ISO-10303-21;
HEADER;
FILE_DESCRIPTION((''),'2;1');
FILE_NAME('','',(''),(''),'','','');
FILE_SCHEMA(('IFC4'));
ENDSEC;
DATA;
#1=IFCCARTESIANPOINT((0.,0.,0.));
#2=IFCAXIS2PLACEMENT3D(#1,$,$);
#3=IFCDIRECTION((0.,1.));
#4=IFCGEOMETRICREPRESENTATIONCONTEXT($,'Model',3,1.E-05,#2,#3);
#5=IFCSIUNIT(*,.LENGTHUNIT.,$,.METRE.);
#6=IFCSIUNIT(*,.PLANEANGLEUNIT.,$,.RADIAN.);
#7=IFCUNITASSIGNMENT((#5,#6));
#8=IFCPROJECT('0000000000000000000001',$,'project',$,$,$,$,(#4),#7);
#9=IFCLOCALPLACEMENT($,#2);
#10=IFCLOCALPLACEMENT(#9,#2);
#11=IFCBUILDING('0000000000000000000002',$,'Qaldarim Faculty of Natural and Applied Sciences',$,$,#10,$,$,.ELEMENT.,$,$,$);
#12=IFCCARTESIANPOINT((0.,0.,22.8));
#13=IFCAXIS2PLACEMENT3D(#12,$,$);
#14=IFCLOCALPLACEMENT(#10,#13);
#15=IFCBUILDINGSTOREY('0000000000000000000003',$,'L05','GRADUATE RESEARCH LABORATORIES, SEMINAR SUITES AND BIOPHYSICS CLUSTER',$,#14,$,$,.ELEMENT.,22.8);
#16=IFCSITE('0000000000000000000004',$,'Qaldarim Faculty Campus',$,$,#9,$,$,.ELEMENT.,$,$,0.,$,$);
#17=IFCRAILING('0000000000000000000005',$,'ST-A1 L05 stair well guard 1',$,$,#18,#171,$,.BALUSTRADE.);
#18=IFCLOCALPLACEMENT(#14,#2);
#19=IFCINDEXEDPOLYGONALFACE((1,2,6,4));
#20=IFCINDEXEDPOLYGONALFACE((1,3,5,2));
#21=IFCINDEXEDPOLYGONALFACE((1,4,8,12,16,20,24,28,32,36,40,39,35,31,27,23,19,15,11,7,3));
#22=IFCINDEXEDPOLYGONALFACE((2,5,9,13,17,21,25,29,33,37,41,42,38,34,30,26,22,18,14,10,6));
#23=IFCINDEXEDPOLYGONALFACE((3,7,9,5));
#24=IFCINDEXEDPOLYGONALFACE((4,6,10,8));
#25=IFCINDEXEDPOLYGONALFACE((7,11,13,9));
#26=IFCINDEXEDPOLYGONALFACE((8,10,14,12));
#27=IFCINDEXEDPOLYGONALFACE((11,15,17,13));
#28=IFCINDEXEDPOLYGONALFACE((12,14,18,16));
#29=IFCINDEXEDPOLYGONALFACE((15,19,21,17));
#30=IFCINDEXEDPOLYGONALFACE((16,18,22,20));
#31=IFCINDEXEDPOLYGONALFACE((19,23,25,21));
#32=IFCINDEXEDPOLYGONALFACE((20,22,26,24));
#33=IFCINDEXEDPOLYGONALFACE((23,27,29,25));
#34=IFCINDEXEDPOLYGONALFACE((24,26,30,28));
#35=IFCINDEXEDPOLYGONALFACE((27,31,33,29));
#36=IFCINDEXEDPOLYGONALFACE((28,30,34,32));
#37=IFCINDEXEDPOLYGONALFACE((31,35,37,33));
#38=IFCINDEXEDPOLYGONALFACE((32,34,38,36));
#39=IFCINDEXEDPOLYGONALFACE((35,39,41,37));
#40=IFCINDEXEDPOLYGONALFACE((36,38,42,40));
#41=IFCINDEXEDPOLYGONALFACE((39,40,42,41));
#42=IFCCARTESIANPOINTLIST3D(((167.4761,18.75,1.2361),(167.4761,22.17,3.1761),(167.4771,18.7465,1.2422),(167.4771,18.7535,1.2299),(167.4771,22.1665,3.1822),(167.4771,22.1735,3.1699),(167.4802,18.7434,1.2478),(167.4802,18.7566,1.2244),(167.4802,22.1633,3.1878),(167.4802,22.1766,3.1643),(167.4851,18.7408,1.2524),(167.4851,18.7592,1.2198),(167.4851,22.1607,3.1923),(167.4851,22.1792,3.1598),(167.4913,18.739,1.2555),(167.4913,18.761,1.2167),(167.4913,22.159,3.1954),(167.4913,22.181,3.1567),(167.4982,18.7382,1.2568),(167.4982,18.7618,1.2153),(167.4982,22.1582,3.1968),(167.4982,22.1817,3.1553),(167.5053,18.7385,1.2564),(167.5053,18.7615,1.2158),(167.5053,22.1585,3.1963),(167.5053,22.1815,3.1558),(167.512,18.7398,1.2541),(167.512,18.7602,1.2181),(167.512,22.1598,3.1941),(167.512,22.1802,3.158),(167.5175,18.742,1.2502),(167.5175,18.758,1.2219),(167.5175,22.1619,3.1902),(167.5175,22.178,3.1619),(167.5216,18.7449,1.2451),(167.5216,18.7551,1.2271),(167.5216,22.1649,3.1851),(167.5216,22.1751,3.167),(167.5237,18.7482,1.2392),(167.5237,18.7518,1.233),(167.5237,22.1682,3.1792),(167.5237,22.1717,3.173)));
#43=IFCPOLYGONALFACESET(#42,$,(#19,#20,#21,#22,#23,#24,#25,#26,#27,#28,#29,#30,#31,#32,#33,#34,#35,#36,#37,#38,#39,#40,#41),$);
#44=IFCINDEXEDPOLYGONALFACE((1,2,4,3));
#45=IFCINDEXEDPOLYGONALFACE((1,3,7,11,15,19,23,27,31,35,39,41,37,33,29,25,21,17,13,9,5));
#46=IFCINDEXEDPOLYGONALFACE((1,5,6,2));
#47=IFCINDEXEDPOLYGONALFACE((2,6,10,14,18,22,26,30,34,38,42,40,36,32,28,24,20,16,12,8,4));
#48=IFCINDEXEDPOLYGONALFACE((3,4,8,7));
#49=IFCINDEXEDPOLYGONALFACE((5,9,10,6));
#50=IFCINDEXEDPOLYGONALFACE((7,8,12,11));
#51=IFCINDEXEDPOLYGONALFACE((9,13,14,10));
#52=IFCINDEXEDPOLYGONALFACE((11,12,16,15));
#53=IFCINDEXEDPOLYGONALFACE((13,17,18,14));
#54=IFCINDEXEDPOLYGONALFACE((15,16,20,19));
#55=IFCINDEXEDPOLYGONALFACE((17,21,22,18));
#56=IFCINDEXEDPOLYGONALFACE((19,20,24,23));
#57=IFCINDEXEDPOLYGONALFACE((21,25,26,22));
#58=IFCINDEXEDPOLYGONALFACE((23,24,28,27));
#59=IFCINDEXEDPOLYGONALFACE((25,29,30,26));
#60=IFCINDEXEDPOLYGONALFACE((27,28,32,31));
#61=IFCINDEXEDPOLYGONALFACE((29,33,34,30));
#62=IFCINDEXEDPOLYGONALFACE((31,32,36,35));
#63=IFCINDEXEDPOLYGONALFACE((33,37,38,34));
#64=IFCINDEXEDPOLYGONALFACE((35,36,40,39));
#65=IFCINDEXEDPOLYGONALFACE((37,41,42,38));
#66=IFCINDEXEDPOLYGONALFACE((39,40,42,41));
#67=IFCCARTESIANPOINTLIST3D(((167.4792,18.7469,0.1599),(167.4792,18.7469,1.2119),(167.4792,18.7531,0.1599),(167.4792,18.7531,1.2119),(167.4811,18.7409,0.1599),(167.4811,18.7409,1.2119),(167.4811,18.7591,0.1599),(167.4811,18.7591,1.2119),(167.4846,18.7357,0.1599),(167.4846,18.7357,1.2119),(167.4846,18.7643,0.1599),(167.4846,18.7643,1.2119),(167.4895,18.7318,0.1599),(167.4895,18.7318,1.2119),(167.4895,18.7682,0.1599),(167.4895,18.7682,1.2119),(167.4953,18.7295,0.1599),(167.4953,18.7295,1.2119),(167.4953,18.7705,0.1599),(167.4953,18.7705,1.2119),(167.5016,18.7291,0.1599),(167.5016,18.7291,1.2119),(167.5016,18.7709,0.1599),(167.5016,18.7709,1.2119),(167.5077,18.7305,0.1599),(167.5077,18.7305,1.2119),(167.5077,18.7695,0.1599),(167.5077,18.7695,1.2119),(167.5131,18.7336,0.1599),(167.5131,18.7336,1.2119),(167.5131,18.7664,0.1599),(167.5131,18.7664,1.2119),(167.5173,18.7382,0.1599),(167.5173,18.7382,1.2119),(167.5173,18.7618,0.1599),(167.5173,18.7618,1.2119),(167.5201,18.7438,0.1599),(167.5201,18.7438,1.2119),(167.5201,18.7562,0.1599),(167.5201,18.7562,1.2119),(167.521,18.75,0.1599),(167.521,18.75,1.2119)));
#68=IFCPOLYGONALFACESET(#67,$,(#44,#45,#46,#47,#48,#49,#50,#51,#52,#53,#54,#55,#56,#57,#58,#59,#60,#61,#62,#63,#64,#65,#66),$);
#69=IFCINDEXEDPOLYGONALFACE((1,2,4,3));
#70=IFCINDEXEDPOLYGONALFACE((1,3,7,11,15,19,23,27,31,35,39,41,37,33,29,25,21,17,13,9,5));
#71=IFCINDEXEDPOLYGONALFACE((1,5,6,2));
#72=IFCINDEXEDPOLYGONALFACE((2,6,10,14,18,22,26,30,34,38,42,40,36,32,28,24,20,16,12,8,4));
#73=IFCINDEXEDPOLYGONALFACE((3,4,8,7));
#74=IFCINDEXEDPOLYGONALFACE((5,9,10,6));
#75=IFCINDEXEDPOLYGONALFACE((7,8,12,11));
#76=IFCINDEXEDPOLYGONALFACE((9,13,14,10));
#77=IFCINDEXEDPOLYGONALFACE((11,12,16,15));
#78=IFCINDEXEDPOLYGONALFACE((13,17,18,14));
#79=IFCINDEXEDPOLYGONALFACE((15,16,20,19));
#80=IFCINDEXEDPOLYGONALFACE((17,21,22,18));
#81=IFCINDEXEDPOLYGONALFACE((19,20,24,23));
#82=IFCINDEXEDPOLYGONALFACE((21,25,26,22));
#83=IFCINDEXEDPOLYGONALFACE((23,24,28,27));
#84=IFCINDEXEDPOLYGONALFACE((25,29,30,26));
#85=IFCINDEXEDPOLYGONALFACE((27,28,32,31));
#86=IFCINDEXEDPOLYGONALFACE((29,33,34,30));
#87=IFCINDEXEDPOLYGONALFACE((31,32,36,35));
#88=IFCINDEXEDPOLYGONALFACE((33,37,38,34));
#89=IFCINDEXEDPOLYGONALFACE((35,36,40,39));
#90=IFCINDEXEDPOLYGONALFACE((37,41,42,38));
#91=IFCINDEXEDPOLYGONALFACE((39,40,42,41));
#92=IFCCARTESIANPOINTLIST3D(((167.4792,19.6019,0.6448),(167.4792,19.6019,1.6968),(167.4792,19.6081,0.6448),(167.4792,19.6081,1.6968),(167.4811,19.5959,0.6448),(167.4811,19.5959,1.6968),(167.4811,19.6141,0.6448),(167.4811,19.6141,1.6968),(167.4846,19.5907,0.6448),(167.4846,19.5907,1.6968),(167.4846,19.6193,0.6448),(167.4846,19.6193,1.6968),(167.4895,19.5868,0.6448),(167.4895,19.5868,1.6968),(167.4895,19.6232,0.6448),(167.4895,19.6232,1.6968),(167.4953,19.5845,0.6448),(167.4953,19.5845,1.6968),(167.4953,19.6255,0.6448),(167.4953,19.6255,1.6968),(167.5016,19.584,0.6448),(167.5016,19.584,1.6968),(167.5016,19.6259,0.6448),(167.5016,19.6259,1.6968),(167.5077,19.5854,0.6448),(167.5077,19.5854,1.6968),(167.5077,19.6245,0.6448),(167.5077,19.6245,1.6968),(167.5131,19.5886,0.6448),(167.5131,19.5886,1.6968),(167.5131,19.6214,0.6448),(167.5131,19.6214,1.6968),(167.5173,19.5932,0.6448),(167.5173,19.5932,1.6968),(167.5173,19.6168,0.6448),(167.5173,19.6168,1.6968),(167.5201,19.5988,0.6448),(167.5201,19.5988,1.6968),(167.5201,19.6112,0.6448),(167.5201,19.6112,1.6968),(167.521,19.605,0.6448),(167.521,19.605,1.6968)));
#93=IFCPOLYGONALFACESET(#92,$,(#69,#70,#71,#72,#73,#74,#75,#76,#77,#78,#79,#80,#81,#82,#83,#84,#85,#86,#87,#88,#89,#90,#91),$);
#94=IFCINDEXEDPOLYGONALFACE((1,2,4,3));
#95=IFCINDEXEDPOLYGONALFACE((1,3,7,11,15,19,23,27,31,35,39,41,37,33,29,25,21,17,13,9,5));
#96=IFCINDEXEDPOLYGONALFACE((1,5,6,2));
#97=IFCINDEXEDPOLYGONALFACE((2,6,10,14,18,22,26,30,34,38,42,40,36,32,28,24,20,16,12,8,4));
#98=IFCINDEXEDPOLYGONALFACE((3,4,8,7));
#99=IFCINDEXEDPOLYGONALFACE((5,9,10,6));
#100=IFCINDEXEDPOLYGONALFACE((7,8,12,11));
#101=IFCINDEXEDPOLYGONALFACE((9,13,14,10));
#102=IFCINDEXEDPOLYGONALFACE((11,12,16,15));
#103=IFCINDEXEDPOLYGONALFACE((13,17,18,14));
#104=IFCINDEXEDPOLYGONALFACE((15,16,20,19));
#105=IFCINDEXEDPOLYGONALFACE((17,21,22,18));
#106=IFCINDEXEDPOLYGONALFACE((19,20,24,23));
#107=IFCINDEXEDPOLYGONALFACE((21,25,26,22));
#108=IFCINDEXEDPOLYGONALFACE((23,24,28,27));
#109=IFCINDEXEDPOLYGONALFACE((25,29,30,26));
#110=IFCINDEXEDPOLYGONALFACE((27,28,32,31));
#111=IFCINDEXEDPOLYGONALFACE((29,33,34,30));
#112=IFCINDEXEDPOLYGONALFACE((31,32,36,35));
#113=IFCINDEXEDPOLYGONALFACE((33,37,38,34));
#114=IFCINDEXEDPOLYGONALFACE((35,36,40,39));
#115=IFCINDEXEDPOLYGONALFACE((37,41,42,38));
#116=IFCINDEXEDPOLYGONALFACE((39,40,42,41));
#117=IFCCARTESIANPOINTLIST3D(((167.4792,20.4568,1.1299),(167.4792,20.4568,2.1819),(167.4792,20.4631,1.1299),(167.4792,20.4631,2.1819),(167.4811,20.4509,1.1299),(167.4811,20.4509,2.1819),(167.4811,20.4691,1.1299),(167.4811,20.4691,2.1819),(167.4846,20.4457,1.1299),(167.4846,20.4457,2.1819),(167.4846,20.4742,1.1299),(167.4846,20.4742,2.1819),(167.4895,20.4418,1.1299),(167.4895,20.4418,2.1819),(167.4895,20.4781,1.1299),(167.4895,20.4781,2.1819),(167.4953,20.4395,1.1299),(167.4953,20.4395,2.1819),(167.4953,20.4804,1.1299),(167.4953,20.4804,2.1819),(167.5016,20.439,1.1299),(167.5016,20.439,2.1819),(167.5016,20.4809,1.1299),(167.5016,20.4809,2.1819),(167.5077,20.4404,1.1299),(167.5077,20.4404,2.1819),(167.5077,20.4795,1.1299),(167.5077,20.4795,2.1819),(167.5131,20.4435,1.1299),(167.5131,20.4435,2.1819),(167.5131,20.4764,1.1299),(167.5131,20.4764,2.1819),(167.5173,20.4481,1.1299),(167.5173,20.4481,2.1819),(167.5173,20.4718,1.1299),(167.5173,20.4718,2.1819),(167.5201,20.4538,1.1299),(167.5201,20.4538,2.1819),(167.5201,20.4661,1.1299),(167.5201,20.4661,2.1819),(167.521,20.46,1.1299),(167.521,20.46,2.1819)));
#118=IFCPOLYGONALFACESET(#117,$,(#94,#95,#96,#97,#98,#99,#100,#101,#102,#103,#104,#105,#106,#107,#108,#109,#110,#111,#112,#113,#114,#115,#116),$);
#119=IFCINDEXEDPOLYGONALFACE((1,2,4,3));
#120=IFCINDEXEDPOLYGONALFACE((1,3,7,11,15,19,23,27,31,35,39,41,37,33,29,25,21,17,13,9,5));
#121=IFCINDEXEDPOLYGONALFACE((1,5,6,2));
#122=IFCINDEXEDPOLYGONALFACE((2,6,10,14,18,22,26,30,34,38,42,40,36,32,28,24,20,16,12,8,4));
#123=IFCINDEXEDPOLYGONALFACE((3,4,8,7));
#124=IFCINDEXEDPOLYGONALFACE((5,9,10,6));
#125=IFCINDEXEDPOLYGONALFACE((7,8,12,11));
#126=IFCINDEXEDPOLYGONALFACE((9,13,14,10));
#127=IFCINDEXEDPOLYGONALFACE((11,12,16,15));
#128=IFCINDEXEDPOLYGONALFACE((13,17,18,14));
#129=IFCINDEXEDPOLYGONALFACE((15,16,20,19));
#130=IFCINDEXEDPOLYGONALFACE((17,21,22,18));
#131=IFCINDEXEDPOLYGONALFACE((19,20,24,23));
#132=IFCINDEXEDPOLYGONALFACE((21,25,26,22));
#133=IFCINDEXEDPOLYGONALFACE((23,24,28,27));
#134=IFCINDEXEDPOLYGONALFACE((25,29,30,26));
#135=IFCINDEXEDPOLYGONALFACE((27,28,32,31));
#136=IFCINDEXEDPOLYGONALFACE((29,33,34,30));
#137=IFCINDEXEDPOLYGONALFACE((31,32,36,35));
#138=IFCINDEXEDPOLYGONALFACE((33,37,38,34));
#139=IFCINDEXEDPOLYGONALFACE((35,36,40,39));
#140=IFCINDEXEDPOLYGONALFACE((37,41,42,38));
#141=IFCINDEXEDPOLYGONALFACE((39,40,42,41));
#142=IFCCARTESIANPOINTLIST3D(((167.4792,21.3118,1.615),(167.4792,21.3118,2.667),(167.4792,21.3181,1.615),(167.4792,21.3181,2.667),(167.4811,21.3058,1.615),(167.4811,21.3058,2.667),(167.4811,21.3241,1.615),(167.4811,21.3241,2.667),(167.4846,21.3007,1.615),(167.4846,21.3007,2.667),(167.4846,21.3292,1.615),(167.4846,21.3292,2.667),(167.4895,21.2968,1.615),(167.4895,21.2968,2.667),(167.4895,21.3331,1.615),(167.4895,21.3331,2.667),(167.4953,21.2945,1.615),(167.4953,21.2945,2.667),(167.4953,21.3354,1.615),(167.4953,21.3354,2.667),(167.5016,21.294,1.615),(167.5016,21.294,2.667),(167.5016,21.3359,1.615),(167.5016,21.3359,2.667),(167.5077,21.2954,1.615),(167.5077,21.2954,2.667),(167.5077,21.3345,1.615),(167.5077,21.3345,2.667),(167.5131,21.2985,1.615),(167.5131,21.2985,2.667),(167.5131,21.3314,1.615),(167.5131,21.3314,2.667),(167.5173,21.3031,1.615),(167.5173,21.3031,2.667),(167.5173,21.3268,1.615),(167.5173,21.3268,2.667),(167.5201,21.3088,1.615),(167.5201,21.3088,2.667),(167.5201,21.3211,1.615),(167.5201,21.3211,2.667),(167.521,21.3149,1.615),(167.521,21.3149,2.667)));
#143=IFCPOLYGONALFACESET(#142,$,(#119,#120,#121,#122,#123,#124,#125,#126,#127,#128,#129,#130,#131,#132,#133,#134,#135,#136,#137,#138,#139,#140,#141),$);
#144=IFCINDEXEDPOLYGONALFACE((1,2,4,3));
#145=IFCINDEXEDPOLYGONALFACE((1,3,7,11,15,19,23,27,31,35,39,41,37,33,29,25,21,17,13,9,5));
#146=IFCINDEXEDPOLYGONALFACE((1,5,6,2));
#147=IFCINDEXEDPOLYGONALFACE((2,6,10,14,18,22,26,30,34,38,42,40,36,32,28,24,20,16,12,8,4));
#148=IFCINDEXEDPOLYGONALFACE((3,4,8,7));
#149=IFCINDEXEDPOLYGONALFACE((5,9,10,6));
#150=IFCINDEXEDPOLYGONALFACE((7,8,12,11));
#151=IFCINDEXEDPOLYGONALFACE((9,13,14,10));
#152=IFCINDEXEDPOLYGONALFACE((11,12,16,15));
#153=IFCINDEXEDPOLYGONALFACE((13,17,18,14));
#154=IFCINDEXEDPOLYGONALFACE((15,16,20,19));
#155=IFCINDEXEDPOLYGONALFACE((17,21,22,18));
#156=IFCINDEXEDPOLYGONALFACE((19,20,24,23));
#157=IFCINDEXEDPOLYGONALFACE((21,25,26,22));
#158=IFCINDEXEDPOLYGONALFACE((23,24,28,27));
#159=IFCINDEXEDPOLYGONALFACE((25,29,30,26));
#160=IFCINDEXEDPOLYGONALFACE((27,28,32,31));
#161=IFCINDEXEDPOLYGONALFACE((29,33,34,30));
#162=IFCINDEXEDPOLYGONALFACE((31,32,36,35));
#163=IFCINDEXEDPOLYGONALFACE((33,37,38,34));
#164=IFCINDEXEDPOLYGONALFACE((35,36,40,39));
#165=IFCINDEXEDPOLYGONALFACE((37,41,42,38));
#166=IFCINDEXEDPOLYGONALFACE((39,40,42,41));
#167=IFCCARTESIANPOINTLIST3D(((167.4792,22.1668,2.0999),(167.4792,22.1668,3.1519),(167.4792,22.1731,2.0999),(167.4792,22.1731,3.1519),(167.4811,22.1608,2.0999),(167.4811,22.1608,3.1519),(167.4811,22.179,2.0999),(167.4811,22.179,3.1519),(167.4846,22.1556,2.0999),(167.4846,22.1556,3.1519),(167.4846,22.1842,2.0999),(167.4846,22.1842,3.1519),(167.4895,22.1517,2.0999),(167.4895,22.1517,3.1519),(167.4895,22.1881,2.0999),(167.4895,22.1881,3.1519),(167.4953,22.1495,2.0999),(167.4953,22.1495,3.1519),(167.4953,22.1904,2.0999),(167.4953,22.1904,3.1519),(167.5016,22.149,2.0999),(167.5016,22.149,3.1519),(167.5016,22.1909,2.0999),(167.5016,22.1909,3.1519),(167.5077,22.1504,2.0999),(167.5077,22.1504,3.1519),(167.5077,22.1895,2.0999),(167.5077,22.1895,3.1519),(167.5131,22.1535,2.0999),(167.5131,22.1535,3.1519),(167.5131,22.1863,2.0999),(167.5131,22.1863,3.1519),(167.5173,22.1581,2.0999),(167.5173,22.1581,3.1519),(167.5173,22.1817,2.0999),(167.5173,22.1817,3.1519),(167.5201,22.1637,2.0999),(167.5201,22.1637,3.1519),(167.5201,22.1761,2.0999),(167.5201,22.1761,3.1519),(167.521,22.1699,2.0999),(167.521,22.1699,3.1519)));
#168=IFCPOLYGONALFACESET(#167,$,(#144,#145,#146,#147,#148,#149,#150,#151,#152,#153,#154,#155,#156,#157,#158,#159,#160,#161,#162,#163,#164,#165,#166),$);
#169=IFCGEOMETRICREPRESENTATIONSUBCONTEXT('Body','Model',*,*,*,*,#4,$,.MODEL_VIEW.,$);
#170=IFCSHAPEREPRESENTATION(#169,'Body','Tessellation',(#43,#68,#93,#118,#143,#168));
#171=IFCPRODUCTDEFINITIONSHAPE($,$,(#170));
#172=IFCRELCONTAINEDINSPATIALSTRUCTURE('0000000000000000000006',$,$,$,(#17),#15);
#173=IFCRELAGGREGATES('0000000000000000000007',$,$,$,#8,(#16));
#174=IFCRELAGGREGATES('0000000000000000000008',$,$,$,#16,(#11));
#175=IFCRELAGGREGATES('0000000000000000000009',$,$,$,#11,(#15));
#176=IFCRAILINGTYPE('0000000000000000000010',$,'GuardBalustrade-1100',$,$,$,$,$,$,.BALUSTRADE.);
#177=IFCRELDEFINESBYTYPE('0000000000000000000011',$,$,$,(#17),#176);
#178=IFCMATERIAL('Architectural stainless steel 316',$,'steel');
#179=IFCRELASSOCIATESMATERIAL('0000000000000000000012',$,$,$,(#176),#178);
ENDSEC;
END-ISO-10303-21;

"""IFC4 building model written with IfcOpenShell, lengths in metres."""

from ifc_helpers import new_model, si_unit, direction, frame, origin, origin_2d, place, context, subcontext, project, spatial, circle, extrude, material, type_object, element, save


model = new_model("IFC4")

# Units and contexts
model_context = context("Model", 3, precision=1e-05, world=origin(), true_north=direction((0.0, 1.0)))
body_context = subcontext(model_context, "Body", "Model", "MODEL_VIEW")
ifc_project = project(units=[si_unit("LENGTHUNIT", "METRE"), si_unit("PLANEANGLEUNIT", "RADIAN")], contexts=[model_context])

# Site, building, storey
site_placement = place(None, origin())
site = spatial("IfcSite", under=ifc_project, at=site_placement, Name="Qaldarim Faculty Campus", CompositionType="ELEMENT", RefElevation=0.0)
building_placement = place(site_placement, origin())
building = spatial("IfcBuilding", under=site, at=building_placement, Name="Qaldarim Faculty of Natural and Applied Sciences", CompositionType="ELEMENT")
storey_placement = place(building_placement, frame((0.0, 0.0, 22.8)))
storey = spatial("IfcBuildingStorey", under=building, at=storey_placement, Name="L05", Description="GRADUATE RESEARCH LABORATORIES, SEMINAR SUITES AND BIOPHYSICS CLUSTER", CompositionType="ELEMENT", Elevation=22.8)

# Shared definitions
ifc_material_1 = material(Name="Architectural stainless steel 316", Category="steel")

# Railing
railing_type_1 = type_object("IfcRailingType", Name="GuardBalustrade-1100", PredefinedType="BALUSTRADE", material=ifc_material_1)
railing_1_placement = place(storey_placement, frame((167.5, 18.75, 0.1599)))
element("IfcRailing", 1, at=railing_1_placement, inside=storey, type_object=railing_type_1, Name="ST-A1 L05 stair well guard 1", PredefinedType="BALUSTRADE", context=body_context, shape_type="SweptSolid", body=[
    extrude(circle(Radius=0.0239, at=origin_2d()), frame((0.0, 0.0, 1.0762), z_axis=(0.0, 0.869805, 0.493395), x_axis=(-1.0, 0.0, 0.0)), (0.0, 0.0, 1.0), 3.9319),
    extrude(circle(Radius=0.021, at=origin_2d()), origin(), (0.0, 0.0, 1.0), 1.052),
    extrude(circle(Radius=0.021, at=origin_2d()), frame((0.0, 0.855, 0.4849)), (0.0, 0.0, 1.0), 1.052),
    extrude(circle(Radius=0.021, at=origin_2d()), frame((0.0, 1.71, 0.97)), (0.0, 0.0, 1.0), 1.052),
    extrude(circle(Radius=0.021, at=origin_2d()), frame((0.0, 2.5649, 1.4551)), (0.0, 0.0, 1.0), 1.052),
    extrude(circle(Radius=0.021, at=origin_2d()), frame((0.0, 3.4199, 1.9399)), (0.0, 0.0, 1.0), 1.052),
])

save(model, "model.ifc")
